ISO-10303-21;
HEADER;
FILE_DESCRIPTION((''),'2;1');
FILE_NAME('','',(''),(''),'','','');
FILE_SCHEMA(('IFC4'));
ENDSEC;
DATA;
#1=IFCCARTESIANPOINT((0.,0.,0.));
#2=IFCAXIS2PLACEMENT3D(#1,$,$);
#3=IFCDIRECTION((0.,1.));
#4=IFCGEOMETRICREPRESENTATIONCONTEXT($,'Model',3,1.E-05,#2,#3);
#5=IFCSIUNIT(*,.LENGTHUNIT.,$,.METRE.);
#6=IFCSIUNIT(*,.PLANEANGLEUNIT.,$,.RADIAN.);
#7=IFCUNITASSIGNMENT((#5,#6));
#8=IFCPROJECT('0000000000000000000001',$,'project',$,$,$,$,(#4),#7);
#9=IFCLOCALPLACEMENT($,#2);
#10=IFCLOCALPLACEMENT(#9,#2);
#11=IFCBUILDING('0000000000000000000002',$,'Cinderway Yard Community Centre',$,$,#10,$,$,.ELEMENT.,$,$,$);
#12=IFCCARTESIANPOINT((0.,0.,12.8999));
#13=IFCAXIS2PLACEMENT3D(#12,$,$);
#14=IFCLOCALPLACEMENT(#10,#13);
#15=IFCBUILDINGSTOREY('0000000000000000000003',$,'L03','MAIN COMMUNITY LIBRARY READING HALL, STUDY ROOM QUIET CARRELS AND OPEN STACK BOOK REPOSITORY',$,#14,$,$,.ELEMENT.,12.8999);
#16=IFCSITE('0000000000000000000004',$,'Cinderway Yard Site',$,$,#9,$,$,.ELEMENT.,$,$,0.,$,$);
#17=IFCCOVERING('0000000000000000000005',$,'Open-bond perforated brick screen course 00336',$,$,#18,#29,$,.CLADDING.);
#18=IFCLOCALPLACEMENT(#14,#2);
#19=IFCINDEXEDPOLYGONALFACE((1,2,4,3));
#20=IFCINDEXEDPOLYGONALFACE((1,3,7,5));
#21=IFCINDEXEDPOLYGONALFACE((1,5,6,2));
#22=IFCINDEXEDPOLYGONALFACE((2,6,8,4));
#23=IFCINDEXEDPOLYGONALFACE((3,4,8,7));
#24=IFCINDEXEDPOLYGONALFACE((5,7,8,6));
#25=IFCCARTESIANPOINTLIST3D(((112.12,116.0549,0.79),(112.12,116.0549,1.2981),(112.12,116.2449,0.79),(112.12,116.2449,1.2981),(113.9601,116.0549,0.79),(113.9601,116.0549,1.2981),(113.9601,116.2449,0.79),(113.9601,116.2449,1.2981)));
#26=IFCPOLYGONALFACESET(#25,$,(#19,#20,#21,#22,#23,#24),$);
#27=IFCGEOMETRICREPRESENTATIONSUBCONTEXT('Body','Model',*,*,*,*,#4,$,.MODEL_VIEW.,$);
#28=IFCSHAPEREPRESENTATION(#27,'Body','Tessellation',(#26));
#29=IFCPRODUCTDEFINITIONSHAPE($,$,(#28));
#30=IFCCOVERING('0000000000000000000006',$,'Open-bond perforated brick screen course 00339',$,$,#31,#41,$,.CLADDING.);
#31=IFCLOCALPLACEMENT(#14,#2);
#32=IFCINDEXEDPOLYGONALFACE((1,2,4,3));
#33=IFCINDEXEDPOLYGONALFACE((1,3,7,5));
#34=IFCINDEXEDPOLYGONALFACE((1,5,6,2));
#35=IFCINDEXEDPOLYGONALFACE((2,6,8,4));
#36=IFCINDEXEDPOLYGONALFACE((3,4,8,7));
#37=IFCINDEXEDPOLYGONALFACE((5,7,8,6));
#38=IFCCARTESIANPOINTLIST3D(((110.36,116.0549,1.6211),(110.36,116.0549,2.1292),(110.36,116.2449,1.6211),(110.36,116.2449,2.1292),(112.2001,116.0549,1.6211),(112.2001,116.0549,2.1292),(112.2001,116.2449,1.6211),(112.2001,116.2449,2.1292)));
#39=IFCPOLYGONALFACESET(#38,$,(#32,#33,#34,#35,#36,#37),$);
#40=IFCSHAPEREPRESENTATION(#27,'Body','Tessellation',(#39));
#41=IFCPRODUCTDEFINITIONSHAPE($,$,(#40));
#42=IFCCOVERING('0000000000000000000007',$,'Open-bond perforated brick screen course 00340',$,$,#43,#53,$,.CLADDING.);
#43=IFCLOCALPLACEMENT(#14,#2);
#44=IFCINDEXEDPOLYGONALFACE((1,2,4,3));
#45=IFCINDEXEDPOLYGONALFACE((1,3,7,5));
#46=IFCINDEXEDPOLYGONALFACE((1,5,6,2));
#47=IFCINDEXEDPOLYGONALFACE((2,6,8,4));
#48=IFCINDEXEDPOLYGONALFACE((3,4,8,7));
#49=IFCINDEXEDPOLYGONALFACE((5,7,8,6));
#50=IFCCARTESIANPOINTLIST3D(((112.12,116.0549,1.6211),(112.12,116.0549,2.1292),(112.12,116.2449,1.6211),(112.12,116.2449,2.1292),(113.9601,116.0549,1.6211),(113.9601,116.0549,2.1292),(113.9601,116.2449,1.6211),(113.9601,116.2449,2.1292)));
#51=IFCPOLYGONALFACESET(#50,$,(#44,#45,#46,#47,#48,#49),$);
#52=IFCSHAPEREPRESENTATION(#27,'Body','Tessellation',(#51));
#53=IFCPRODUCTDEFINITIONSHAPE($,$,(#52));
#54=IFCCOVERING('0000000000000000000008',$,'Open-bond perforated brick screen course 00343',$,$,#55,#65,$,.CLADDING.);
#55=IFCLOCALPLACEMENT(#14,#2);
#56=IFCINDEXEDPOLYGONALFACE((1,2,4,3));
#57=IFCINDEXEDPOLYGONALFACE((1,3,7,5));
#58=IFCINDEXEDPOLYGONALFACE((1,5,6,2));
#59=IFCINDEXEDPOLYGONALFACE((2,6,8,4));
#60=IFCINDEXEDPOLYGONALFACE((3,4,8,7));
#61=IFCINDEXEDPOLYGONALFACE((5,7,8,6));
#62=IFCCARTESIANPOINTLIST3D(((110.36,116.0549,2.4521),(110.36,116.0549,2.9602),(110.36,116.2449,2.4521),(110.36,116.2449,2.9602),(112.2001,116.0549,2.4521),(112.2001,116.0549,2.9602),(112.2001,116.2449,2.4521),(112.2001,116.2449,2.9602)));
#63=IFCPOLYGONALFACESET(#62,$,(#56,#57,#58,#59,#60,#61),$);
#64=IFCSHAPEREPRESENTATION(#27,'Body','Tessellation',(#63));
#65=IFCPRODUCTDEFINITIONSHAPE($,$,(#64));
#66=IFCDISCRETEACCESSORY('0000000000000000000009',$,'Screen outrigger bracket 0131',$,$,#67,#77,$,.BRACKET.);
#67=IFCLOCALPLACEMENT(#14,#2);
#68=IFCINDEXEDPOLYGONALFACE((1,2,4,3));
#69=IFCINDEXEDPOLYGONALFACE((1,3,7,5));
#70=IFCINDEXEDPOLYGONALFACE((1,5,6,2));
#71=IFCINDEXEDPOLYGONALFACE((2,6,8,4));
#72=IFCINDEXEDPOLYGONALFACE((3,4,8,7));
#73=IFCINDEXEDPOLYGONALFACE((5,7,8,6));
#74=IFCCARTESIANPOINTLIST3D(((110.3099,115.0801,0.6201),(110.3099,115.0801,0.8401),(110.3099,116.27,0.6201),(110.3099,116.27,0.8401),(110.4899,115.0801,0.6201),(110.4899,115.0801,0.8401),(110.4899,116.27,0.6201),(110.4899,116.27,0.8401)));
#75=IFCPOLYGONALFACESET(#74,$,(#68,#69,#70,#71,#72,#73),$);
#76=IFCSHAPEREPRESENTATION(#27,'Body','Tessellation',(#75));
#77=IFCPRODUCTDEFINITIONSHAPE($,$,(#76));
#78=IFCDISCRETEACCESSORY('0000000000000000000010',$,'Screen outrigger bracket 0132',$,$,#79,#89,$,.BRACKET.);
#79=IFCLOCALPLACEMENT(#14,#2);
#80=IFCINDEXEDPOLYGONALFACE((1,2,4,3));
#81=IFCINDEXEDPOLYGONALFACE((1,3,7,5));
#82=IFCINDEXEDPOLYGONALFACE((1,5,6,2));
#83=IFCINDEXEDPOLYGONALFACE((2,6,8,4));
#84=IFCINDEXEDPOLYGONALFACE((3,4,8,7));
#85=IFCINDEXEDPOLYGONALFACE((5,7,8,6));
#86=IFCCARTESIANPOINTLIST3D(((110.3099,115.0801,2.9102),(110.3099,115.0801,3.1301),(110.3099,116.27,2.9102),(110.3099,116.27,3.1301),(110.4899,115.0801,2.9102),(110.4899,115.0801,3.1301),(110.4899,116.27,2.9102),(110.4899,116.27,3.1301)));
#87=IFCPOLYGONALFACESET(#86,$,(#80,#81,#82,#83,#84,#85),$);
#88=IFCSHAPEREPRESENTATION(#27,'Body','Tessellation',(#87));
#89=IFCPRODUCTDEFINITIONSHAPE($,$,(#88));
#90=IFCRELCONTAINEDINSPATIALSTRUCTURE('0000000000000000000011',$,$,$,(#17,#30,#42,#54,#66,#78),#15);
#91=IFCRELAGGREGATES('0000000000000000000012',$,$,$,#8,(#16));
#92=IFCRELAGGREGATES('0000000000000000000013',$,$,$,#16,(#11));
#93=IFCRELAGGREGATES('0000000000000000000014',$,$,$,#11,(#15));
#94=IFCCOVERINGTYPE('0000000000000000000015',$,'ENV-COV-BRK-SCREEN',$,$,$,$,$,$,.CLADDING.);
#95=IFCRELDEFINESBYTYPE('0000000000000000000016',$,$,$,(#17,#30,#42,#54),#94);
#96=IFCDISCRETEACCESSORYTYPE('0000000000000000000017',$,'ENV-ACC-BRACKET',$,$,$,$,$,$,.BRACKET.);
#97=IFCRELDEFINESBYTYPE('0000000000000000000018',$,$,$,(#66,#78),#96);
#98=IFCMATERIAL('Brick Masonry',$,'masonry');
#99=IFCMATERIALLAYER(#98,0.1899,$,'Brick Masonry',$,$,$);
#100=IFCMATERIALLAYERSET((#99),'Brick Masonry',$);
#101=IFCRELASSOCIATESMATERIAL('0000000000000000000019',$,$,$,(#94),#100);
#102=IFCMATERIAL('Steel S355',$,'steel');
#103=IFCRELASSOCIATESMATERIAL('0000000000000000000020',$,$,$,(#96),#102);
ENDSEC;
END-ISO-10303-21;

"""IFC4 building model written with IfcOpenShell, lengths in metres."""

from ifc_helpers import new_model, si_unit, direction, frame, origin, origin_2d, place, context, subcontext, project, spatial, rectangle, extrude, material, layer, layer_set, type_object, element, save


model = new_model("IFC4")

# Units and contexts
model_context = context("Model", 3, precision=1e-05, world=origin(), true_north=direction((0.0, 1.0)))
body_context = subcontext(model_context, "Body", "Model", "MODEL_VIEW")
ifc_project = project(units=[si_unit("LENGTHUNIT", "METRE"), si_unit("PLANEANGLEUNIT", "RADIAN")], contexts=[model_context])

# Site, building, storey
site_placement = place(None, origin())
site = spatial("IfcSite", under=ifc_project, at=site_placement, Name="Cinderway Yard Site", CompositionType="ELEMENT", RefElevation=0.0)
building_placement = place(site_placement, origin())
building = spatial("IfcBuilding", under=site, at=building_placement, Name="Cinderway Yard Community Centre", CompositionType="ELEMENT")
storey_placement = place(building_placement, frame((0.0, 0.0, 12.8999)))
storey = spatial("IfcBuildingStorey", under=building, at=storey_placement, Name="L03", Description="MAIN COMMUNITY LIBRARY READING HALL, STUDY ROOM QUIET CARRELS AND OPEN STACK BOOK REPOSITORY", CompositionType="ELEMENT", Elevation=12.8999)

# Shared definitions
ifc_material_1 = material(Name="Steel S355", Category="steel")

# Shared definitions
ifc_material_2 = material(Name="Brick Masonry", Category="masonry")

# Coverings
ifc_layer_1 = layer(ifc_material_2, 0.1899, Name="Brick Masonry")
ifc_layer_set_1 = layer_set([ifc_layer_1], Name="Brick Masonry")
covering_type = type_object("IfcCoveringType", Name="ENV-COV-BRK-SCREEN", PredefinedType="CLADDING", material=ifc_layer_set_1)
for number, where, z_axis, x_axis, name in (
    (1, (113.04, 116.1499, 0.79), (0.0, 0.0, 1.0), (1.0, 0.0, 0.0), "Open-bond perforated brick screen course 00336"),
    (2, (111.28, 116.1499, 1.6211), (0.0, 0.0, 1.0), (1.0, 0.0, 0.0), "Open-bond perforated brick screen course 00339"),
    (3, (113.04, 116.1499, 1.6211), (0.0, 0.0, 1.0), (1.0, 0.0, 0.0), "Open-bond perforated brick screen course 00340"),
    (4, (111.28, 116.1499, 2.4521), (0.0, 0.0, 1.0), (1.0, 0.0, 0.0), "Open-bond perforated brick screen course 00343"),
):
    element("IfcCovering", number, at=place(storey_placement, frame(where, z_axis=z_axis, x_axis=x_axis)), inside=storey, type_object=covering_type, Name=name, PredefinedType="CLADDING", context=body_context, shape_type="SweptSolid", body=[
        extrude(rectangle(XDim=1.8401, YDim=0.1899, at=origin_2d()), origin(), (0.0, 0.0, 1.0), 0.5081),
    ])

# Discrete accessories
discrete_accessory_type = type_object("IfcDiscreteAccessoryType", Name="ENV-ACC-BRACKET", PredefinedType="BRACKET", material=ifc_material_1)
for number, where, z_axis, x_axis, name in (
    (5, (110.3999, 115.675, 0.6201), (0.0, 0.0, 1.0), (0.0, 1.0, 0.0), "Screen outrigger bracket 0131"),
    (6, (110.3999, 115.675, 2.9102), (0.0, 0.0, 1.0), (0.0, 1.0, 0.0), "Screen outrigger bracket 0132"),
):
    element("IfcDiscreteAccessory", number, at=place(storey_placement, frame(where, z_axis=z_axis, x_axis=x_axis)), inside=storey, type_object=discrete_accessory_type, Name=name, PredefinedType="BRACKET", context=body_context, shape_type="SweptSolid", body=[
        extrude(rectangle(XDim=1.1899, YDim=0.1799, at=origin_2d()), origin(), (0.0, 0.0, 1.0), 0.22),
    ])

save(model, "model.ifc")
